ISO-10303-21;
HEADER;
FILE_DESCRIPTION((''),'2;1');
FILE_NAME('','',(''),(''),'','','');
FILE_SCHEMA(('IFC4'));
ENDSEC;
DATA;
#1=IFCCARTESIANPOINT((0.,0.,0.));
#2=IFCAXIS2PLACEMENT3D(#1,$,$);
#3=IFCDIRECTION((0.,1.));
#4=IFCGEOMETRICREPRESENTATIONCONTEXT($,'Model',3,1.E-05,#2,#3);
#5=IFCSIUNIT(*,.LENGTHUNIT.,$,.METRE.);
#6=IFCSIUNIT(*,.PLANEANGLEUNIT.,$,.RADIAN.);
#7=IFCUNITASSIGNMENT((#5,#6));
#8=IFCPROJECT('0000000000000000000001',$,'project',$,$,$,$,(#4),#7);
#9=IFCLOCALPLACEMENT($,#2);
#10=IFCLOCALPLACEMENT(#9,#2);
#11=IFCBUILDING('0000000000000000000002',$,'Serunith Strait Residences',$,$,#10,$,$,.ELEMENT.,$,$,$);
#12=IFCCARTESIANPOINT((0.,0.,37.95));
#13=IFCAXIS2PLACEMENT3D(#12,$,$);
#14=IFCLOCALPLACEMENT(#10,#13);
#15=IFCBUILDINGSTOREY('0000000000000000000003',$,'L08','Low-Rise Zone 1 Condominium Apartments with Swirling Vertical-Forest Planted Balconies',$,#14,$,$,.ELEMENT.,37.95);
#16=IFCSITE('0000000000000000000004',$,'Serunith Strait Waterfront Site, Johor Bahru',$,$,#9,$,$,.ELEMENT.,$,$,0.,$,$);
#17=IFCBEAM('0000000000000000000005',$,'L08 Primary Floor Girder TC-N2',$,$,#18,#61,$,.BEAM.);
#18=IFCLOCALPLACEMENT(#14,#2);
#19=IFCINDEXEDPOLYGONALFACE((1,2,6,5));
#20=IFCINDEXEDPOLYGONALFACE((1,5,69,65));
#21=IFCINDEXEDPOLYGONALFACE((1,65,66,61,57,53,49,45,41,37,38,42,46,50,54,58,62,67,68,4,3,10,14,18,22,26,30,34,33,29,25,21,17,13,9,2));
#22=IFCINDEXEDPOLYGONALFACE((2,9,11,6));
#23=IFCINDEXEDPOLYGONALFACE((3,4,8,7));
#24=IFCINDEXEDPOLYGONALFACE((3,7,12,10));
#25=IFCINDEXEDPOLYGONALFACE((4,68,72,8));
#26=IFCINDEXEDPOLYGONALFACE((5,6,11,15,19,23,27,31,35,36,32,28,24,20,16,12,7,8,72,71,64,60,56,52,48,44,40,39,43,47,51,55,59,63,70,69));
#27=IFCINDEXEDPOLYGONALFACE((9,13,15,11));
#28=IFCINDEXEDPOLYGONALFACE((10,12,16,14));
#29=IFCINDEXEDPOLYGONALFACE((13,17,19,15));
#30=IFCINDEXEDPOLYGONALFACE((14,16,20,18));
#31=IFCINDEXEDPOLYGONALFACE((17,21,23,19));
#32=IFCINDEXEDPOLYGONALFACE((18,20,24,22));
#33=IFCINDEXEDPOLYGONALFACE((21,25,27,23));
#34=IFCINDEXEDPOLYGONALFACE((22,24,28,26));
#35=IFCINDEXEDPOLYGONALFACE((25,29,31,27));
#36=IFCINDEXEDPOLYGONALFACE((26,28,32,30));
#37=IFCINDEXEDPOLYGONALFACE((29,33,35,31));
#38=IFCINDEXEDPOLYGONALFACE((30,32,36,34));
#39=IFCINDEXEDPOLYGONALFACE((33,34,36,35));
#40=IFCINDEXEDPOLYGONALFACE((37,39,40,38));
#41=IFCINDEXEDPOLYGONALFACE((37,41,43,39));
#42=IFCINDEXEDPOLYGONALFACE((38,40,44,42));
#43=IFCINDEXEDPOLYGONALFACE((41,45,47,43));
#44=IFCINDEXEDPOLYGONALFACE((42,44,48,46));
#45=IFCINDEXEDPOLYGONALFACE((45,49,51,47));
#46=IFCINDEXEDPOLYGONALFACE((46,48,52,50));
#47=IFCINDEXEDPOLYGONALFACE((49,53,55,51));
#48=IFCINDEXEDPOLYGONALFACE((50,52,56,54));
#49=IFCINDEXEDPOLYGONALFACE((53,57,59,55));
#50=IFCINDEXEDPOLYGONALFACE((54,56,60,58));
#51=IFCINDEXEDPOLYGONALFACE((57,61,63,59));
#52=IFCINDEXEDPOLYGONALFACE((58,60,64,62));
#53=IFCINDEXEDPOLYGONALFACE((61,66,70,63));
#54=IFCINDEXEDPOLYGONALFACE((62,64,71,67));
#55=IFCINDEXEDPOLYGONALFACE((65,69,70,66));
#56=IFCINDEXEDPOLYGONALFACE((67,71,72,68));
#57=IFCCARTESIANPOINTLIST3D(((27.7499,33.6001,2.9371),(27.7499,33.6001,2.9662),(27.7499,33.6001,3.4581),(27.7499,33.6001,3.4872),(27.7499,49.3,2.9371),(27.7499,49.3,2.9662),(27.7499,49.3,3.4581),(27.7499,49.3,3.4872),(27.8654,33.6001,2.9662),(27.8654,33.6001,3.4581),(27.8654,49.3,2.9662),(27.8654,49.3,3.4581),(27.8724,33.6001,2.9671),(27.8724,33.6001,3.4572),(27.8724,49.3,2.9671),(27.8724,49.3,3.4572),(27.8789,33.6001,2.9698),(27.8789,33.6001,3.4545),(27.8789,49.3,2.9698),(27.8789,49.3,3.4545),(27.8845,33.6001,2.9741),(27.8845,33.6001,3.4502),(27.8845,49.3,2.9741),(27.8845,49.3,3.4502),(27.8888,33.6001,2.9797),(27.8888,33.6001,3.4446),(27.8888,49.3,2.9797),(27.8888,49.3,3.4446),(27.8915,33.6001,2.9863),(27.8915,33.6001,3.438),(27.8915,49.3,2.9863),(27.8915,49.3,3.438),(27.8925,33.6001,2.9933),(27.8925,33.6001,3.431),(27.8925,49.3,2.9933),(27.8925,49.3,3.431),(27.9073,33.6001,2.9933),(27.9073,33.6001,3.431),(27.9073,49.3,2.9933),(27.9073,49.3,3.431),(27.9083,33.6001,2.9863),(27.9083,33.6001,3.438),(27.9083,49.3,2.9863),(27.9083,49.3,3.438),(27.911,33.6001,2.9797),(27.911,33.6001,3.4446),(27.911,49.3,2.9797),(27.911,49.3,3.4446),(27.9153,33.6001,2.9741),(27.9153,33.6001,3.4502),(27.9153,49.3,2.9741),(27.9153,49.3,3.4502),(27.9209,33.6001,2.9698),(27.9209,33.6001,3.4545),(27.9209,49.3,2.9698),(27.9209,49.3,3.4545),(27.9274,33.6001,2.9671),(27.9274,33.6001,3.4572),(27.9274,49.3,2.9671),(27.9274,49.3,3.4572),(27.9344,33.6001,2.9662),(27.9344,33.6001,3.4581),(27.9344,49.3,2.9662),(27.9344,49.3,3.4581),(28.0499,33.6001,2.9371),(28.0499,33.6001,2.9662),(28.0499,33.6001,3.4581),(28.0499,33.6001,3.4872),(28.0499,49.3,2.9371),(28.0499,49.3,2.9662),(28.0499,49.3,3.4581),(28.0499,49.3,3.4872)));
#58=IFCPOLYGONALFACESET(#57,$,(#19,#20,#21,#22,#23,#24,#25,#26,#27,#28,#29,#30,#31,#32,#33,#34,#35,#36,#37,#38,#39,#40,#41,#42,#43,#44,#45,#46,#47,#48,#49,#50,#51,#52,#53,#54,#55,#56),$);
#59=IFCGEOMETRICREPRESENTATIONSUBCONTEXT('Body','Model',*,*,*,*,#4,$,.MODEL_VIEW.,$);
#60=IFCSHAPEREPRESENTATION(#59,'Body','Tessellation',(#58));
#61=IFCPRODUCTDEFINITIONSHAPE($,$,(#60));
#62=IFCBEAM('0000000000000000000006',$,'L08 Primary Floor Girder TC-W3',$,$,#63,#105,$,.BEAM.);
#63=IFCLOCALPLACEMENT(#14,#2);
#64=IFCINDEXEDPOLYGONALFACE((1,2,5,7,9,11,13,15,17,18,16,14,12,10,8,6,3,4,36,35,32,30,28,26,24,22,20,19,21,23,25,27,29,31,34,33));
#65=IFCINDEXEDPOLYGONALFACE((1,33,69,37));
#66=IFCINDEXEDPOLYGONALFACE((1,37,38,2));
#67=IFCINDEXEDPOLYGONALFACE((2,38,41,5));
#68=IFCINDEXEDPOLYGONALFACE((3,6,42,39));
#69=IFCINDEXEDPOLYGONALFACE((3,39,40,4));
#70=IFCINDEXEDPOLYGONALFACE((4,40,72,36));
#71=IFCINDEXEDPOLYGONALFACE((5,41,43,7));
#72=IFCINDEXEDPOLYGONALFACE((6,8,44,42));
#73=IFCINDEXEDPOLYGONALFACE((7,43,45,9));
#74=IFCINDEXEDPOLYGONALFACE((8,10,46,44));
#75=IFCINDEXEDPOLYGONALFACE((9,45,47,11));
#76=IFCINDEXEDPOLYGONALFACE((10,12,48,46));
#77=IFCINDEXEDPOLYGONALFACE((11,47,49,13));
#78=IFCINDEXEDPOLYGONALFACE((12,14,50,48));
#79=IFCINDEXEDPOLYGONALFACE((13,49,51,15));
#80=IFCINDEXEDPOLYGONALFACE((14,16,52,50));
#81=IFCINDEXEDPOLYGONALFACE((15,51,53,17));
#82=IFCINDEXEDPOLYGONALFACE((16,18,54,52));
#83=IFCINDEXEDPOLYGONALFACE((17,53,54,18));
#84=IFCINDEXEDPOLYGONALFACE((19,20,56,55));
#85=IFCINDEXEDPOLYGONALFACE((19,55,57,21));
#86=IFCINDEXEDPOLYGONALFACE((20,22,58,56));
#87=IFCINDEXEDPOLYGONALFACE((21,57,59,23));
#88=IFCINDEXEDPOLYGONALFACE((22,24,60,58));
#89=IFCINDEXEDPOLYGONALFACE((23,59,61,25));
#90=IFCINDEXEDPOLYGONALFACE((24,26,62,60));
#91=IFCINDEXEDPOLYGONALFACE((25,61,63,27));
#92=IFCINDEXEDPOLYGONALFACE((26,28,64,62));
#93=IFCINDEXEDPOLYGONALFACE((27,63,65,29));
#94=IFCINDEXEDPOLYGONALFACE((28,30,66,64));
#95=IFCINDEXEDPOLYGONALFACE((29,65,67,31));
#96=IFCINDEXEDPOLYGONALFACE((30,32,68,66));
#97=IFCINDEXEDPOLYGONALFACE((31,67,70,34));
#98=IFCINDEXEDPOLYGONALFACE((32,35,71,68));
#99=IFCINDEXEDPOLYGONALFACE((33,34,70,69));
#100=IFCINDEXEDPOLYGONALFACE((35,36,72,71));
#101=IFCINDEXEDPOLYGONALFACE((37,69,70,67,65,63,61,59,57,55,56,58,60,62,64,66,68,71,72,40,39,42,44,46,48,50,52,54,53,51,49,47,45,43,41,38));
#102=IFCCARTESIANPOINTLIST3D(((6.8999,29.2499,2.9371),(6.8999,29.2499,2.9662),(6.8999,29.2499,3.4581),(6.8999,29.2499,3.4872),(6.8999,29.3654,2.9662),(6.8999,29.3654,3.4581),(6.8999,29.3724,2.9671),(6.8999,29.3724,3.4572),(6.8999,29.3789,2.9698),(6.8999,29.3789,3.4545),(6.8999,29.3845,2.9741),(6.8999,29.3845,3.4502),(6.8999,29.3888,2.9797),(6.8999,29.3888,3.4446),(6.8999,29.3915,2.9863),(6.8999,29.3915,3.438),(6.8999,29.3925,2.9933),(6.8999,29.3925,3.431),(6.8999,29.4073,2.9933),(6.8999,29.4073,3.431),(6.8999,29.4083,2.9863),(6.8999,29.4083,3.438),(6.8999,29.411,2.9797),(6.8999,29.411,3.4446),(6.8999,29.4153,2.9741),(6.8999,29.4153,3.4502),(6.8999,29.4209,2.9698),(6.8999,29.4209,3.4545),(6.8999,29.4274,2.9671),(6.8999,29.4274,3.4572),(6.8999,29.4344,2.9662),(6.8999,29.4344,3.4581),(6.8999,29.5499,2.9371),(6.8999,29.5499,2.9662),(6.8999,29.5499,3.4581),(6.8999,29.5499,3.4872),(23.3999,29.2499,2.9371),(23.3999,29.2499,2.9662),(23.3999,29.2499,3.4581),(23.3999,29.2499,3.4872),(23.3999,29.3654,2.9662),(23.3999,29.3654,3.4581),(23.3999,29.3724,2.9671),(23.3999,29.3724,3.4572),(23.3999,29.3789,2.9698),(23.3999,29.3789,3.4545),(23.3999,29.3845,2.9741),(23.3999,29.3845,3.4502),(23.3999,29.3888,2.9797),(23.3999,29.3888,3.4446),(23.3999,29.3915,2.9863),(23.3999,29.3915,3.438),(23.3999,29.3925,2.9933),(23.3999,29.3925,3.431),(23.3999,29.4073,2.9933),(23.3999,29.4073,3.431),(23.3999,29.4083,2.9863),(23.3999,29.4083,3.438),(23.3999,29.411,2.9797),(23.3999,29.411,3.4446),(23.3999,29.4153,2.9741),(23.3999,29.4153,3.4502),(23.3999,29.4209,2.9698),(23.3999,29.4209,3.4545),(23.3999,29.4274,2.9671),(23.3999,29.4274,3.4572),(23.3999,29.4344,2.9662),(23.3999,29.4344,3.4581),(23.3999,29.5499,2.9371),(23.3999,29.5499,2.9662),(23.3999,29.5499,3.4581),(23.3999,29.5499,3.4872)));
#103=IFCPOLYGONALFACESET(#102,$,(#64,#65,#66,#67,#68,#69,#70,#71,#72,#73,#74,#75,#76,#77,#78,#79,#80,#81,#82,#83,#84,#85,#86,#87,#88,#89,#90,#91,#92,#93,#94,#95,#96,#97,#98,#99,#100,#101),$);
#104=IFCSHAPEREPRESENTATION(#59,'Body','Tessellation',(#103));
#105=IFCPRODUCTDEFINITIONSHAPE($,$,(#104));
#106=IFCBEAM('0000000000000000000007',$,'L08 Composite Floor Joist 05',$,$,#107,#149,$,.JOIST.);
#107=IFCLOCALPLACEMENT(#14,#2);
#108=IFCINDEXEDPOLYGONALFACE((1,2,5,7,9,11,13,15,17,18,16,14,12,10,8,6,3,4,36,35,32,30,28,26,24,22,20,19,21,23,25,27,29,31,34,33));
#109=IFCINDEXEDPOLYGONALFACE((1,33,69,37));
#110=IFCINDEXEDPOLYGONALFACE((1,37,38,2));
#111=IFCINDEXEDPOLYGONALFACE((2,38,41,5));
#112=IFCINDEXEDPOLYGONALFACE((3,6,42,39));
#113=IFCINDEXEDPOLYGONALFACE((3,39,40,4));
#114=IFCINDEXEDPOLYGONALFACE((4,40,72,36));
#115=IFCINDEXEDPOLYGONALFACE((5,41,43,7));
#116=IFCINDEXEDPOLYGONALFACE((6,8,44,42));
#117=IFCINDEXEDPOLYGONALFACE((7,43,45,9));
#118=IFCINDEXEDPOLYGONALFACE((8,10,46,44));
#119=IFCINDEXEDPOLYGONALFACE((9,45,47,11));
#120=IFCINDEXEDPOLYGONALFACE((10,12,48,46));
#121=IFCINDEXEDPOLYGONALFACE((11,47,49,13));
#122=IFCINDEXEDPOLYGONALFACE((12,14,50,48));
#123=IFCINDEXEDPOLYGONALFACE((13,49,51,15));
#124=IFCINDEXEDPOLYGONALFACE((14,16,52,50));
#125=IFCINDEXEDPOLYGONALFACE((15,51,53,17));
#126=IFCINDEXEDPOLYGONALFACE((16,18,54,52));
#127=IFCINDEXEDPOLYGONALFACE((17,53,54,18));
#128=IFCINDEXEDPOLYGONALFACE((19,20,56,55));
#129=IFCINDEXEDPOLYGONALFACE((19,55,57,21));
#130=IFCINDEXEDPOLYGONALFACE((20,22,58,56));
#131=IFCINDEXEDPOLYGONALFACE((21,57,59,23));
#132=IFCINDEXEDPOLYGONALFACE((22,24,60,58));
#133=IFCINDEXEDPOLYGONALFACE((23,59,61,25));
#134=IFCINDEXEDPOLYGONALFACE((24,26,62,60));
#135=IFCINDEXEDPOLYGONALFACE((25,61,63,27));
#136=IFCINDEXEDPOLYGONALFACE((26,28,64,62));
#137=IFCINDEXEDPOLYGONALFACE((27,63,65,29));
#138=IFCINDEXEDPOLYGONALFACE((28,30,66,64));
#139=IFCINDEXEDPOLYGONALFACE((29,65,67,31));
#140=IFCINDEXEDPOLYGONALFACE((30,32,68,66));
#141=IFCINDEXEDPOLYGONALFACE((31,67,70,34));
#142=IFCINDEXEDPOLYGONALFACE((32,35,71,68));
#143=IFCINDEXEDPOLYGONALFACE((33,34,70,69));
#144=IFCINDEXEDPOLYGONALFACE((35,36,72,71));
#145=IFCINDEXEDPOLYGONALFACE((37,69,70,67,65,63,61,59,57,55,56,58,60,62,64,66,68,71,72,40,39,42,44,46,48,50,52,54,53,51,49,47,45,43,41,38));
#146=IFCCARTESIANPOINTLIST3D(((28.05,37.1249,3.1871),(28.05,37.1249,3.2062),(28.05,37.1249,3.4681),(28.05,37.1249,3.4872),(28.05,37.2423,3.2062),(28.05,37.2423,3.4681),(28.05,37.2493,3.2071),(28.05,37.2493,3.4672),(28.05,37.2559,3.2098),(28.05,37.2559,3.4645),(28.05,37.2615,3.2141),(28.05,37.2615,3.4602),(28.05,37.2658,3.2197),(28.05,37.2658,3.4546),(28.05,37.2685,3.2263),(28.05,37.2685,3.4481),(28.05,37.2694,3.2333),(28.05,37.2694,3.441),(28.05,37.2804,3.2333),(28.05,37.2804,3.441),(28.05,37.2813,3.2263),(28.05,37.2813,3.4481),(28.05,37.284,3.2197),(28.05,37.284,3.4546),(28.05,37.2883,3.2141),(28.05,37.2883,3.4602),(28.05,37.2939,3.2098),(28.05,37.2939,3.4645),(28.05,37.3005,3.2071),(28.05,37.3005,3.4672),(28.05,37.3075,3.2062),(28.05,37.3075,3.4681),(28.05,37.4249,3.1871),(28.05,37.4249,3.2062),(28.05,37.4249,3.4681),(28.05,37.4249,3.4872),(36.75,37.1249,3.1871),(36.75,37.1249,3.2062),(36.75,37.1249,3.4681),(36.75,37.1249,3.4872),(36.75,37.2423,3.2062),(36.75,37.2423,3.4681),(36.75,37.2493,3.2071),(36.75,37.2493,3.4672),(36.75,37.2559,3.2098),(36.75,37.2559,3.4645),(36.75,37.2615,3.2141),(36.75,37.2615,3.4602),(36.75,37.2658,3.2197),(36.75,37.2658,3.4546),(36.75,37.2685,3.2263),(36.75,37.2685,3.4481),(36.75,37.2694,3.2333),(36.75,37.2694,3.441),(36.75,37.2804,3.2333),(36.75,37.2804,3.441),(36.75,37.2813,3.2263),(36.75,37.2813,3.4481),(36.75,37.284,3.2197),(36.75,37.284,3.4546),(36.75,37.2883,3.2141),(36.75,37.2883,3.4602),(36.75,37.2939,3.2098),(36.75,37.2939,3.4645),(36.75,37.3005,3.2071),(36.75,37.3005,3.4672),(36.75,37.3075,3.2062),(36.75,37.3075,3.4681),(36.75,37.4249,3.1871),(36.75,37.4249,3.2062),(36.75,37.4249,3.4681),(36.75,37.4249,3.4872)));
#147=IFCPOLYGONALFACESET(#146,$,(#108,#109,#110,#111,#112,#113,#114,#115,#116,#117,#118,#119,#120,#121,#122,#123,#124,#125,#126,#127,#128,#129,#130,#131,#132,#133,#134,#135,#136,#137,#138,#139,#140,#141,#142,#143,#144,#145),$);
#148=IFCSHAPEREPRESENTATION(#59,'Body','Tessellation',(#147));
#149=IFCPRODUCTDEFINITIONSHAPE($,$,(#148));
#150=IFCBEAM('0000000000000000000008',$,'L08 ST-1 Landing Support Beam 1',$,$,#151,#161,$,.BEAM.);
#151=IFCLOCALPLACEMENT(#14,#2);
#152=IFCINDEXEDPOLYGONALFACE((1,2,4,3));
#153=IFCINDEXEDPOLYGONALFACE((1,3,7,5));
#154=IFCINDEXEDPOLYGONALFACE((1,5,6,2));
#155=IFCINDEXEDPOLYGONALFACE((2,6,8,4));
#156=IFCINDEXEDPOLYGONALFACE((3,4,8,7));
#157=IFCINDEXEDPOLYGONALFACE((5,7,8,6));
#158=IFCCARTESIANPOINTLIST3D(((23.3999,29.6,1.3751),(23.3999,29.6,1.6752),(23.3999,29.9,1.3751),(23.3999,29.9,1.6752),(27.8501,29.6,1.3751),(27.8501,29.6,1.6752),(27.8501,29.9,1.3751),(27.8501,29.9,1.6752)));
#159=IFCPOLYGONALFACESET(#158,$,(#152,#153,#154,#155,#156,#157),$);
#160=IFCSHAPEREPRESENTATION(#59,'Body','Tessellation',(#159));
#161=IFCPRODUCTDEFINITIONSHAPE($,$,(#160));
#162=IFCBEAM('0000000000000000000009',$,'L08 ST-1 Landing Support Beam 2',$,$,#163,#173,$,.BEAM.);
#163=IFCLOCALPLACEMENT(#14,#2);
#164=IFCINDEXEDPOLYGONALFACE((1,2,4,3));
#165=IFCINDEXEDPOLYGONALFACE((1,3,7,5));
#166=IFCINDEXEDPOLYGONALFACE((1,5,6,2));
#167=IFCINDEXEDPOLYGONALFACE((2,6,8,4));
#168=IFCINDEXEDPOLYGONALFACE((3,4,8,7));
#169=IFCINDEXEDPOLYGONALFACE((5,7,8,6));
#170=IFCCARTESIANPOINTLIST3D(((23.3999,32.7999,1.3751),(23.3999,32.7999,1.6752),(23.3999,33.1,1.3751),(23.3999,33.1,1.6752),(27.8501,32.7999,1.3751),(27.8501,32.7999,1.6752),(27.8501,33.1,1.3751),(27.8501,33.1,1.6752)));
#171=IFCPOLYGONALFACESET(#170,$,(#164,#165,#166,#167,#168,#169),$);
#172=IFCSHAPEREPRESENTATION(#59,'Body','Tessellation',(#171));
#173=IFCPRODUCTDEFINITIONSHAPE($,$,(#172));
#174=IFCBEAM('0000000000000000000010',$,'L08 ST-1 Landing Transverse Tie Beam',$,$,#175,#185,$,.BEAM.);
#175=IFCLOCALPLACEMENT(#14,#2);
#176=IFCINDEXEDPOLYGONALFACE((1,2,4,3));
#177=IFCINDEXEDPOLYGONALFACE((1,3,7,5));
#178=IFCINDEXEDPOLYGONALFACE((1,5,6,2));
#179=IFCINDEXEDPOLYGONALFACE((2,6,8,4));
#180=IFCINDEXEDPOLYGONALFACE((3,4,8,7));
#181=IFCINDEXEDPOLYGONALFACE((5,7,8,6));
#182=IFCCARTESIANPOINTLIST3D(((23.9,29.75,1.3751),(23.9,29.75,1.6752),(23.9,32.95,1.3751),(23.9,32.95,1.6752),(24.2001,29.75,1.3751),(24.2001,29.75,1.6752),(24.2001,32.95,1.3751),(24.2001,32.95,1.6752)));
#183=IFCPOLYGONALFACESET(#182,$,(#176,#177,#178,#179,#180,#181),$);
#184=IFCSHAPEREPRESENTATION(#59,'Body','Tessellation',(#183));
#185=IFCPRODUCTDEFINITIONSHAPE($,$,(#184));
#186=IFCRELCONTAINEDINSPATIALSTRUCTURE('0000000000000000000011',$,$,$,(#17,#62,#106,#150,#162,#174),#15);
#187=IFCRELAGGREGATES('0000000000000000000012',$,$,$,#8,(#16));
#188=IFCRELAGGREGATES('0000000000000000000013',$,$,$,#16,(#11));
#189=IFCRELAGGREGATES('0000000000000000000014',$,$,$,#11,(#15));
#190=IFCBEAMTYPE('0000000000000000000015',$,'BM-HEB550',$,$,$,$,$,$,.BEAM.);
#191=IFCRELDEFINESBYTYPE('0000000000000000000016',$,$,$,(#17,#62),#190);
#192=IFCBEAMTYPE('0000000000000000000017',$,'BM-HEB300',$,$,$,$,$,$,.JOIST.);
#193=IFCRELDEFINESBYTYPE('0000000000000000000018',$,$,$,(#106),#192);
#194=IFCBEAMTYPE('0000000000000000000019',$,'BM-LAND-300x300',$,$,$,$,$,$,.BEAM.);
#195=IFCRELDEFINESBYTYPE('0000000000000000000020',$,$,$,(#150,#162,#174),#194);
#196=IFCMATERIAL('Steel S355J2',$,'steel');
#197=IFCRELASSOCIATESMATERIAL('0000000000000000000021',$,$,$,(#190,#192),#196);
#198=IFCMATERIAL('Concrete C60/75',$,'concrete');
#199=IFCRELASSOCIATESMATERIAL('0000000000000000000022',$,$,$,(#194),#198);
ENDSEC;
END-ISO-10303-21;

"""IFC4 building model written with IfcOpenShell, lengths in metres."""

from ifc_helpers import new_model, si_unit, direction, frame, origin, origin_2d, place, context, subcontext, project, spatial, rectangle, i_section, extrude, source, transform, mapped, material, material_profile, profile_set, type_object, element, save


model = new_model("IFC4")

# Units and contexts
model_context = context("Model", 3, precision=1e-05, world=origin(), true_north=direction((0.0, 1.0)))
body_context = subcontext(model_context, "Body", "Model", "MODEL_VIEW")
ifc_project = project(units=[si_unit("LENGTHUNIT", "METRE"), si_unit("PLANEANGLEUNIT", "RADIAN")], contexts=[model_context])

# Site, building, storey
site_placement = place(None, origin())
site = spatial("IfcSite", under=ifc_project, at=site_placement, Name="Serunith Strait Waterfront Site, Johor Bahru", CompositionType="ELEMENT", RefElevation=0.0)
building_placement = place(site_placement, origin())
building = spatial("IfcBuilding", under=site, at=building_placement, Name="Serunith Strait Residences", CompositionType="ELEMENT")
storey_placement = place(building_placement, frame((0.0, 0.0, 37.95)))
storey = spatial("IfcBuildingStorey", under=building, at=storey_placement, Name="L08", Description="Low-Rise Zone 1 Condominium Apartments with Swirling Vertical-Forest Planted Balconies", CompositionType="ELEMENT", Elevation=37.95)

# Beams
ifc_material_1 = material(Name="Steel S355J2", Category="steel")
ifc_material_profile_1 = material_profile(ifc_material_1, i_section(OverallWidth=0.3, OverallDepth=0.55, WebThickness=0.0149, FlangeThickness=0.0291, FilletRadius=0.0271, at=origin_2d()), Name="HEB 550")
ifc_profile_set_1 = profile_set([ifc_material_profile_1], Name="Steel S355J2")
beam_type_1 = type_object("IfcBeamType", Name="BM-HEB550", PredefinedType="BEAM", material=ifc_profile_set_1)
shared_shape_1 = source(origin(), body_context, "Body", "SweptSolid", [
    extrude(i_section(OverallWidth=0.3, OverallDepth=0.55, WebThickness=0.0149, FlangeThickness=0.0291, FilletRadius=0.0271, at=origin_2d()), origin(), (0.0, 0.0, 1.0), 15.7),
])
beam_1_placement = place(storey_placement, frame((27.8999, 33.6001, 3.2122), z_axis=(0.0, 1.0, 0.0), x_axis=(-1.0, 0.0, 0.0)))
element("IfcBeam", 1, at=beam_1_placement, inside=storey, type_object=beam_type_1, Name="L08 Primary Floor Girder TC-N2", PredefinedType="BEAM", context=body_context, shape_type="MappedRepresentation", body=[
    mapped(shared_shape_1, transform((0.0, 0.0, 0.0), scale=1.0)),
])
shared_shape_2 = source(origin(), body_context, "Body", "SweptSolid", [
    extrude(i_section(OverallWidth=0.3, OverallDepth=0.55, WebThickness=0.0149, FlangeThickness=0.0291, FilletRadius=0.0271, at=origin_2d()), origin(), (0.0, 0.0, 1.0), 16.5),
])
beam_2_placement = place(storey_placement, frame((23.3999, 29.3999, 3.2122), z_axis=(-1.0, 0.0, 0.0), x_axis=(0.0, -1.0, 0.0)))
element("IfcBeam", 2, at=beam_2_placement, inside=storey, type_object=beam_type_1, Name="L08 Primary Floor Girder TC-W3", PredefinedType="BEAM", context=body_context, shape_type="MappedRepresentation", body=[
    mapped(shared_shape_2, transform((0.0, 0.0, 0.0), scale=1.0)),
])
ifc_material_profile_2 = material_profile(ifc_material_1, i_section(OverallWidth=0.3, OverallDepth=0.3, WebThickness=0.011, FlangeThickness=0.019, FilletRadius=0.0271, at=origin_2d()), Name="HEB 300")
ifc_profile_set_2 = profile_set([ifc_material_profile_2], Name="Steel S355J2")
beam_type_2 = type_object("IfcBeamType", Name="BM-HEB300", PredefinedType="JOIST", material=ifc_profile_set_2)
shared_shape_3 = source(origin(), body_context, "Body", "SweptSolid", [
    extrude(i_section(OverallWidth=0.3, OverallDepth=0.3, WebThickness=0.011, FlangeThickness=0.019, FilletRadius=0.0271, at=origin_2d()), origin(), (0.0, 0.0, 1.0), 8.7),
])
beam_3_placement = place(storey_placement, frame((28.05, 37.2749, 3.3372), z_axis=(1.0, 0.0, 0.0), x_axis=(0.0, 1.0, 0.0)))
element("IfcBeam", 3, at=beam_3_placement, inside=storey, type_object=beam_type_2, Name="L08 Composite Floor Joist 05", PredefinedType="JOIST", context=body_context, shape_type="MappedRepresentation", body=[
    mapped(shared_shape_3, transform((0.0, 0.0, 0.0), scale=1.0)),
])
ifc_material_2 = material(Name="Concrete C60/75", Category="concrete")
ifc_material_profile_3 = material_profile(ifc_material_2, rectangle(XDim=0.3, YDim=0.3, at=origin_2d()), Name="RC 300x300")
ifc_profile_set_3 = profile_set([ifc_material_profile_3], Name="Concrete C60/75")
beam_type_3 = type_object("IfcBeamType", Name="BM-LAND-300x300", PredefinedType="BEAM", material=ifc_profile_set_3)
shared_shape_4 = source(origin(), body_context, "Body", "SweptSolid", [
    extrude(rectangle(XDim=0.3, YDim=0.3, at=origin_2d()), origin(), (0.0, 0.0, 1.0), 4.4502),
])
for number, where, z_axis, x_axis, name in (
    (4, (23.3999, 29.75, 1.5251), (1.0, 0.0, 0.0), (0.0, 1.0, 0.0), "L08 ST-1 Landing Support Beam 1"),
    (5, (23.3999, 32.95, 1.5251), (1.0, 0.0, 0.0), (0.0, 1.0, 0.0), "L08 ST-1 Landing Support Beam 2"),
):
    element("IfcBeam", number, at=place(storey_placement, frame(where, z_axis=z_axis, x_axis=x_axis)), inside=storey, type_object=beam_type_3, Name=name, PredefinedType="BEAM", context=body_context, shape_type="MappedRepresentation", body=[
        mapped(shared_shape_4, transform((0.0, 0.0, 0.0), scale=1.0)),
    ])
shared_shape_5 = source(origin(), body_context, "Body", "SweptSolid", [
    extrude(rectangle(XDim=0.3, YDim=0.3, at=origin_2d()), origin(), (0.0, 0.0, 1.0), 3.2),
])
beam_4_placement = place(storey_placement, frame((24.05, 29.75, 1.5251), z_axis=(0.0, 1.0, 0.0), x_axis=(-1.0, 0.0, 0.0)))
element("IfcBeam", 6, at=beam_4_placement, inside=storey, type_object=beam_type_3, Name="L08 ST-1 Landing Transverse Tie Beam", PredefinedType="BEAM", context=body_context, shape_type="MappedRepresentation", body=[
    mapped(shared_shape_5, transform((0.0, 0.0, 0.0), scale=1.0)),
])

save(model, "model.ifc")
